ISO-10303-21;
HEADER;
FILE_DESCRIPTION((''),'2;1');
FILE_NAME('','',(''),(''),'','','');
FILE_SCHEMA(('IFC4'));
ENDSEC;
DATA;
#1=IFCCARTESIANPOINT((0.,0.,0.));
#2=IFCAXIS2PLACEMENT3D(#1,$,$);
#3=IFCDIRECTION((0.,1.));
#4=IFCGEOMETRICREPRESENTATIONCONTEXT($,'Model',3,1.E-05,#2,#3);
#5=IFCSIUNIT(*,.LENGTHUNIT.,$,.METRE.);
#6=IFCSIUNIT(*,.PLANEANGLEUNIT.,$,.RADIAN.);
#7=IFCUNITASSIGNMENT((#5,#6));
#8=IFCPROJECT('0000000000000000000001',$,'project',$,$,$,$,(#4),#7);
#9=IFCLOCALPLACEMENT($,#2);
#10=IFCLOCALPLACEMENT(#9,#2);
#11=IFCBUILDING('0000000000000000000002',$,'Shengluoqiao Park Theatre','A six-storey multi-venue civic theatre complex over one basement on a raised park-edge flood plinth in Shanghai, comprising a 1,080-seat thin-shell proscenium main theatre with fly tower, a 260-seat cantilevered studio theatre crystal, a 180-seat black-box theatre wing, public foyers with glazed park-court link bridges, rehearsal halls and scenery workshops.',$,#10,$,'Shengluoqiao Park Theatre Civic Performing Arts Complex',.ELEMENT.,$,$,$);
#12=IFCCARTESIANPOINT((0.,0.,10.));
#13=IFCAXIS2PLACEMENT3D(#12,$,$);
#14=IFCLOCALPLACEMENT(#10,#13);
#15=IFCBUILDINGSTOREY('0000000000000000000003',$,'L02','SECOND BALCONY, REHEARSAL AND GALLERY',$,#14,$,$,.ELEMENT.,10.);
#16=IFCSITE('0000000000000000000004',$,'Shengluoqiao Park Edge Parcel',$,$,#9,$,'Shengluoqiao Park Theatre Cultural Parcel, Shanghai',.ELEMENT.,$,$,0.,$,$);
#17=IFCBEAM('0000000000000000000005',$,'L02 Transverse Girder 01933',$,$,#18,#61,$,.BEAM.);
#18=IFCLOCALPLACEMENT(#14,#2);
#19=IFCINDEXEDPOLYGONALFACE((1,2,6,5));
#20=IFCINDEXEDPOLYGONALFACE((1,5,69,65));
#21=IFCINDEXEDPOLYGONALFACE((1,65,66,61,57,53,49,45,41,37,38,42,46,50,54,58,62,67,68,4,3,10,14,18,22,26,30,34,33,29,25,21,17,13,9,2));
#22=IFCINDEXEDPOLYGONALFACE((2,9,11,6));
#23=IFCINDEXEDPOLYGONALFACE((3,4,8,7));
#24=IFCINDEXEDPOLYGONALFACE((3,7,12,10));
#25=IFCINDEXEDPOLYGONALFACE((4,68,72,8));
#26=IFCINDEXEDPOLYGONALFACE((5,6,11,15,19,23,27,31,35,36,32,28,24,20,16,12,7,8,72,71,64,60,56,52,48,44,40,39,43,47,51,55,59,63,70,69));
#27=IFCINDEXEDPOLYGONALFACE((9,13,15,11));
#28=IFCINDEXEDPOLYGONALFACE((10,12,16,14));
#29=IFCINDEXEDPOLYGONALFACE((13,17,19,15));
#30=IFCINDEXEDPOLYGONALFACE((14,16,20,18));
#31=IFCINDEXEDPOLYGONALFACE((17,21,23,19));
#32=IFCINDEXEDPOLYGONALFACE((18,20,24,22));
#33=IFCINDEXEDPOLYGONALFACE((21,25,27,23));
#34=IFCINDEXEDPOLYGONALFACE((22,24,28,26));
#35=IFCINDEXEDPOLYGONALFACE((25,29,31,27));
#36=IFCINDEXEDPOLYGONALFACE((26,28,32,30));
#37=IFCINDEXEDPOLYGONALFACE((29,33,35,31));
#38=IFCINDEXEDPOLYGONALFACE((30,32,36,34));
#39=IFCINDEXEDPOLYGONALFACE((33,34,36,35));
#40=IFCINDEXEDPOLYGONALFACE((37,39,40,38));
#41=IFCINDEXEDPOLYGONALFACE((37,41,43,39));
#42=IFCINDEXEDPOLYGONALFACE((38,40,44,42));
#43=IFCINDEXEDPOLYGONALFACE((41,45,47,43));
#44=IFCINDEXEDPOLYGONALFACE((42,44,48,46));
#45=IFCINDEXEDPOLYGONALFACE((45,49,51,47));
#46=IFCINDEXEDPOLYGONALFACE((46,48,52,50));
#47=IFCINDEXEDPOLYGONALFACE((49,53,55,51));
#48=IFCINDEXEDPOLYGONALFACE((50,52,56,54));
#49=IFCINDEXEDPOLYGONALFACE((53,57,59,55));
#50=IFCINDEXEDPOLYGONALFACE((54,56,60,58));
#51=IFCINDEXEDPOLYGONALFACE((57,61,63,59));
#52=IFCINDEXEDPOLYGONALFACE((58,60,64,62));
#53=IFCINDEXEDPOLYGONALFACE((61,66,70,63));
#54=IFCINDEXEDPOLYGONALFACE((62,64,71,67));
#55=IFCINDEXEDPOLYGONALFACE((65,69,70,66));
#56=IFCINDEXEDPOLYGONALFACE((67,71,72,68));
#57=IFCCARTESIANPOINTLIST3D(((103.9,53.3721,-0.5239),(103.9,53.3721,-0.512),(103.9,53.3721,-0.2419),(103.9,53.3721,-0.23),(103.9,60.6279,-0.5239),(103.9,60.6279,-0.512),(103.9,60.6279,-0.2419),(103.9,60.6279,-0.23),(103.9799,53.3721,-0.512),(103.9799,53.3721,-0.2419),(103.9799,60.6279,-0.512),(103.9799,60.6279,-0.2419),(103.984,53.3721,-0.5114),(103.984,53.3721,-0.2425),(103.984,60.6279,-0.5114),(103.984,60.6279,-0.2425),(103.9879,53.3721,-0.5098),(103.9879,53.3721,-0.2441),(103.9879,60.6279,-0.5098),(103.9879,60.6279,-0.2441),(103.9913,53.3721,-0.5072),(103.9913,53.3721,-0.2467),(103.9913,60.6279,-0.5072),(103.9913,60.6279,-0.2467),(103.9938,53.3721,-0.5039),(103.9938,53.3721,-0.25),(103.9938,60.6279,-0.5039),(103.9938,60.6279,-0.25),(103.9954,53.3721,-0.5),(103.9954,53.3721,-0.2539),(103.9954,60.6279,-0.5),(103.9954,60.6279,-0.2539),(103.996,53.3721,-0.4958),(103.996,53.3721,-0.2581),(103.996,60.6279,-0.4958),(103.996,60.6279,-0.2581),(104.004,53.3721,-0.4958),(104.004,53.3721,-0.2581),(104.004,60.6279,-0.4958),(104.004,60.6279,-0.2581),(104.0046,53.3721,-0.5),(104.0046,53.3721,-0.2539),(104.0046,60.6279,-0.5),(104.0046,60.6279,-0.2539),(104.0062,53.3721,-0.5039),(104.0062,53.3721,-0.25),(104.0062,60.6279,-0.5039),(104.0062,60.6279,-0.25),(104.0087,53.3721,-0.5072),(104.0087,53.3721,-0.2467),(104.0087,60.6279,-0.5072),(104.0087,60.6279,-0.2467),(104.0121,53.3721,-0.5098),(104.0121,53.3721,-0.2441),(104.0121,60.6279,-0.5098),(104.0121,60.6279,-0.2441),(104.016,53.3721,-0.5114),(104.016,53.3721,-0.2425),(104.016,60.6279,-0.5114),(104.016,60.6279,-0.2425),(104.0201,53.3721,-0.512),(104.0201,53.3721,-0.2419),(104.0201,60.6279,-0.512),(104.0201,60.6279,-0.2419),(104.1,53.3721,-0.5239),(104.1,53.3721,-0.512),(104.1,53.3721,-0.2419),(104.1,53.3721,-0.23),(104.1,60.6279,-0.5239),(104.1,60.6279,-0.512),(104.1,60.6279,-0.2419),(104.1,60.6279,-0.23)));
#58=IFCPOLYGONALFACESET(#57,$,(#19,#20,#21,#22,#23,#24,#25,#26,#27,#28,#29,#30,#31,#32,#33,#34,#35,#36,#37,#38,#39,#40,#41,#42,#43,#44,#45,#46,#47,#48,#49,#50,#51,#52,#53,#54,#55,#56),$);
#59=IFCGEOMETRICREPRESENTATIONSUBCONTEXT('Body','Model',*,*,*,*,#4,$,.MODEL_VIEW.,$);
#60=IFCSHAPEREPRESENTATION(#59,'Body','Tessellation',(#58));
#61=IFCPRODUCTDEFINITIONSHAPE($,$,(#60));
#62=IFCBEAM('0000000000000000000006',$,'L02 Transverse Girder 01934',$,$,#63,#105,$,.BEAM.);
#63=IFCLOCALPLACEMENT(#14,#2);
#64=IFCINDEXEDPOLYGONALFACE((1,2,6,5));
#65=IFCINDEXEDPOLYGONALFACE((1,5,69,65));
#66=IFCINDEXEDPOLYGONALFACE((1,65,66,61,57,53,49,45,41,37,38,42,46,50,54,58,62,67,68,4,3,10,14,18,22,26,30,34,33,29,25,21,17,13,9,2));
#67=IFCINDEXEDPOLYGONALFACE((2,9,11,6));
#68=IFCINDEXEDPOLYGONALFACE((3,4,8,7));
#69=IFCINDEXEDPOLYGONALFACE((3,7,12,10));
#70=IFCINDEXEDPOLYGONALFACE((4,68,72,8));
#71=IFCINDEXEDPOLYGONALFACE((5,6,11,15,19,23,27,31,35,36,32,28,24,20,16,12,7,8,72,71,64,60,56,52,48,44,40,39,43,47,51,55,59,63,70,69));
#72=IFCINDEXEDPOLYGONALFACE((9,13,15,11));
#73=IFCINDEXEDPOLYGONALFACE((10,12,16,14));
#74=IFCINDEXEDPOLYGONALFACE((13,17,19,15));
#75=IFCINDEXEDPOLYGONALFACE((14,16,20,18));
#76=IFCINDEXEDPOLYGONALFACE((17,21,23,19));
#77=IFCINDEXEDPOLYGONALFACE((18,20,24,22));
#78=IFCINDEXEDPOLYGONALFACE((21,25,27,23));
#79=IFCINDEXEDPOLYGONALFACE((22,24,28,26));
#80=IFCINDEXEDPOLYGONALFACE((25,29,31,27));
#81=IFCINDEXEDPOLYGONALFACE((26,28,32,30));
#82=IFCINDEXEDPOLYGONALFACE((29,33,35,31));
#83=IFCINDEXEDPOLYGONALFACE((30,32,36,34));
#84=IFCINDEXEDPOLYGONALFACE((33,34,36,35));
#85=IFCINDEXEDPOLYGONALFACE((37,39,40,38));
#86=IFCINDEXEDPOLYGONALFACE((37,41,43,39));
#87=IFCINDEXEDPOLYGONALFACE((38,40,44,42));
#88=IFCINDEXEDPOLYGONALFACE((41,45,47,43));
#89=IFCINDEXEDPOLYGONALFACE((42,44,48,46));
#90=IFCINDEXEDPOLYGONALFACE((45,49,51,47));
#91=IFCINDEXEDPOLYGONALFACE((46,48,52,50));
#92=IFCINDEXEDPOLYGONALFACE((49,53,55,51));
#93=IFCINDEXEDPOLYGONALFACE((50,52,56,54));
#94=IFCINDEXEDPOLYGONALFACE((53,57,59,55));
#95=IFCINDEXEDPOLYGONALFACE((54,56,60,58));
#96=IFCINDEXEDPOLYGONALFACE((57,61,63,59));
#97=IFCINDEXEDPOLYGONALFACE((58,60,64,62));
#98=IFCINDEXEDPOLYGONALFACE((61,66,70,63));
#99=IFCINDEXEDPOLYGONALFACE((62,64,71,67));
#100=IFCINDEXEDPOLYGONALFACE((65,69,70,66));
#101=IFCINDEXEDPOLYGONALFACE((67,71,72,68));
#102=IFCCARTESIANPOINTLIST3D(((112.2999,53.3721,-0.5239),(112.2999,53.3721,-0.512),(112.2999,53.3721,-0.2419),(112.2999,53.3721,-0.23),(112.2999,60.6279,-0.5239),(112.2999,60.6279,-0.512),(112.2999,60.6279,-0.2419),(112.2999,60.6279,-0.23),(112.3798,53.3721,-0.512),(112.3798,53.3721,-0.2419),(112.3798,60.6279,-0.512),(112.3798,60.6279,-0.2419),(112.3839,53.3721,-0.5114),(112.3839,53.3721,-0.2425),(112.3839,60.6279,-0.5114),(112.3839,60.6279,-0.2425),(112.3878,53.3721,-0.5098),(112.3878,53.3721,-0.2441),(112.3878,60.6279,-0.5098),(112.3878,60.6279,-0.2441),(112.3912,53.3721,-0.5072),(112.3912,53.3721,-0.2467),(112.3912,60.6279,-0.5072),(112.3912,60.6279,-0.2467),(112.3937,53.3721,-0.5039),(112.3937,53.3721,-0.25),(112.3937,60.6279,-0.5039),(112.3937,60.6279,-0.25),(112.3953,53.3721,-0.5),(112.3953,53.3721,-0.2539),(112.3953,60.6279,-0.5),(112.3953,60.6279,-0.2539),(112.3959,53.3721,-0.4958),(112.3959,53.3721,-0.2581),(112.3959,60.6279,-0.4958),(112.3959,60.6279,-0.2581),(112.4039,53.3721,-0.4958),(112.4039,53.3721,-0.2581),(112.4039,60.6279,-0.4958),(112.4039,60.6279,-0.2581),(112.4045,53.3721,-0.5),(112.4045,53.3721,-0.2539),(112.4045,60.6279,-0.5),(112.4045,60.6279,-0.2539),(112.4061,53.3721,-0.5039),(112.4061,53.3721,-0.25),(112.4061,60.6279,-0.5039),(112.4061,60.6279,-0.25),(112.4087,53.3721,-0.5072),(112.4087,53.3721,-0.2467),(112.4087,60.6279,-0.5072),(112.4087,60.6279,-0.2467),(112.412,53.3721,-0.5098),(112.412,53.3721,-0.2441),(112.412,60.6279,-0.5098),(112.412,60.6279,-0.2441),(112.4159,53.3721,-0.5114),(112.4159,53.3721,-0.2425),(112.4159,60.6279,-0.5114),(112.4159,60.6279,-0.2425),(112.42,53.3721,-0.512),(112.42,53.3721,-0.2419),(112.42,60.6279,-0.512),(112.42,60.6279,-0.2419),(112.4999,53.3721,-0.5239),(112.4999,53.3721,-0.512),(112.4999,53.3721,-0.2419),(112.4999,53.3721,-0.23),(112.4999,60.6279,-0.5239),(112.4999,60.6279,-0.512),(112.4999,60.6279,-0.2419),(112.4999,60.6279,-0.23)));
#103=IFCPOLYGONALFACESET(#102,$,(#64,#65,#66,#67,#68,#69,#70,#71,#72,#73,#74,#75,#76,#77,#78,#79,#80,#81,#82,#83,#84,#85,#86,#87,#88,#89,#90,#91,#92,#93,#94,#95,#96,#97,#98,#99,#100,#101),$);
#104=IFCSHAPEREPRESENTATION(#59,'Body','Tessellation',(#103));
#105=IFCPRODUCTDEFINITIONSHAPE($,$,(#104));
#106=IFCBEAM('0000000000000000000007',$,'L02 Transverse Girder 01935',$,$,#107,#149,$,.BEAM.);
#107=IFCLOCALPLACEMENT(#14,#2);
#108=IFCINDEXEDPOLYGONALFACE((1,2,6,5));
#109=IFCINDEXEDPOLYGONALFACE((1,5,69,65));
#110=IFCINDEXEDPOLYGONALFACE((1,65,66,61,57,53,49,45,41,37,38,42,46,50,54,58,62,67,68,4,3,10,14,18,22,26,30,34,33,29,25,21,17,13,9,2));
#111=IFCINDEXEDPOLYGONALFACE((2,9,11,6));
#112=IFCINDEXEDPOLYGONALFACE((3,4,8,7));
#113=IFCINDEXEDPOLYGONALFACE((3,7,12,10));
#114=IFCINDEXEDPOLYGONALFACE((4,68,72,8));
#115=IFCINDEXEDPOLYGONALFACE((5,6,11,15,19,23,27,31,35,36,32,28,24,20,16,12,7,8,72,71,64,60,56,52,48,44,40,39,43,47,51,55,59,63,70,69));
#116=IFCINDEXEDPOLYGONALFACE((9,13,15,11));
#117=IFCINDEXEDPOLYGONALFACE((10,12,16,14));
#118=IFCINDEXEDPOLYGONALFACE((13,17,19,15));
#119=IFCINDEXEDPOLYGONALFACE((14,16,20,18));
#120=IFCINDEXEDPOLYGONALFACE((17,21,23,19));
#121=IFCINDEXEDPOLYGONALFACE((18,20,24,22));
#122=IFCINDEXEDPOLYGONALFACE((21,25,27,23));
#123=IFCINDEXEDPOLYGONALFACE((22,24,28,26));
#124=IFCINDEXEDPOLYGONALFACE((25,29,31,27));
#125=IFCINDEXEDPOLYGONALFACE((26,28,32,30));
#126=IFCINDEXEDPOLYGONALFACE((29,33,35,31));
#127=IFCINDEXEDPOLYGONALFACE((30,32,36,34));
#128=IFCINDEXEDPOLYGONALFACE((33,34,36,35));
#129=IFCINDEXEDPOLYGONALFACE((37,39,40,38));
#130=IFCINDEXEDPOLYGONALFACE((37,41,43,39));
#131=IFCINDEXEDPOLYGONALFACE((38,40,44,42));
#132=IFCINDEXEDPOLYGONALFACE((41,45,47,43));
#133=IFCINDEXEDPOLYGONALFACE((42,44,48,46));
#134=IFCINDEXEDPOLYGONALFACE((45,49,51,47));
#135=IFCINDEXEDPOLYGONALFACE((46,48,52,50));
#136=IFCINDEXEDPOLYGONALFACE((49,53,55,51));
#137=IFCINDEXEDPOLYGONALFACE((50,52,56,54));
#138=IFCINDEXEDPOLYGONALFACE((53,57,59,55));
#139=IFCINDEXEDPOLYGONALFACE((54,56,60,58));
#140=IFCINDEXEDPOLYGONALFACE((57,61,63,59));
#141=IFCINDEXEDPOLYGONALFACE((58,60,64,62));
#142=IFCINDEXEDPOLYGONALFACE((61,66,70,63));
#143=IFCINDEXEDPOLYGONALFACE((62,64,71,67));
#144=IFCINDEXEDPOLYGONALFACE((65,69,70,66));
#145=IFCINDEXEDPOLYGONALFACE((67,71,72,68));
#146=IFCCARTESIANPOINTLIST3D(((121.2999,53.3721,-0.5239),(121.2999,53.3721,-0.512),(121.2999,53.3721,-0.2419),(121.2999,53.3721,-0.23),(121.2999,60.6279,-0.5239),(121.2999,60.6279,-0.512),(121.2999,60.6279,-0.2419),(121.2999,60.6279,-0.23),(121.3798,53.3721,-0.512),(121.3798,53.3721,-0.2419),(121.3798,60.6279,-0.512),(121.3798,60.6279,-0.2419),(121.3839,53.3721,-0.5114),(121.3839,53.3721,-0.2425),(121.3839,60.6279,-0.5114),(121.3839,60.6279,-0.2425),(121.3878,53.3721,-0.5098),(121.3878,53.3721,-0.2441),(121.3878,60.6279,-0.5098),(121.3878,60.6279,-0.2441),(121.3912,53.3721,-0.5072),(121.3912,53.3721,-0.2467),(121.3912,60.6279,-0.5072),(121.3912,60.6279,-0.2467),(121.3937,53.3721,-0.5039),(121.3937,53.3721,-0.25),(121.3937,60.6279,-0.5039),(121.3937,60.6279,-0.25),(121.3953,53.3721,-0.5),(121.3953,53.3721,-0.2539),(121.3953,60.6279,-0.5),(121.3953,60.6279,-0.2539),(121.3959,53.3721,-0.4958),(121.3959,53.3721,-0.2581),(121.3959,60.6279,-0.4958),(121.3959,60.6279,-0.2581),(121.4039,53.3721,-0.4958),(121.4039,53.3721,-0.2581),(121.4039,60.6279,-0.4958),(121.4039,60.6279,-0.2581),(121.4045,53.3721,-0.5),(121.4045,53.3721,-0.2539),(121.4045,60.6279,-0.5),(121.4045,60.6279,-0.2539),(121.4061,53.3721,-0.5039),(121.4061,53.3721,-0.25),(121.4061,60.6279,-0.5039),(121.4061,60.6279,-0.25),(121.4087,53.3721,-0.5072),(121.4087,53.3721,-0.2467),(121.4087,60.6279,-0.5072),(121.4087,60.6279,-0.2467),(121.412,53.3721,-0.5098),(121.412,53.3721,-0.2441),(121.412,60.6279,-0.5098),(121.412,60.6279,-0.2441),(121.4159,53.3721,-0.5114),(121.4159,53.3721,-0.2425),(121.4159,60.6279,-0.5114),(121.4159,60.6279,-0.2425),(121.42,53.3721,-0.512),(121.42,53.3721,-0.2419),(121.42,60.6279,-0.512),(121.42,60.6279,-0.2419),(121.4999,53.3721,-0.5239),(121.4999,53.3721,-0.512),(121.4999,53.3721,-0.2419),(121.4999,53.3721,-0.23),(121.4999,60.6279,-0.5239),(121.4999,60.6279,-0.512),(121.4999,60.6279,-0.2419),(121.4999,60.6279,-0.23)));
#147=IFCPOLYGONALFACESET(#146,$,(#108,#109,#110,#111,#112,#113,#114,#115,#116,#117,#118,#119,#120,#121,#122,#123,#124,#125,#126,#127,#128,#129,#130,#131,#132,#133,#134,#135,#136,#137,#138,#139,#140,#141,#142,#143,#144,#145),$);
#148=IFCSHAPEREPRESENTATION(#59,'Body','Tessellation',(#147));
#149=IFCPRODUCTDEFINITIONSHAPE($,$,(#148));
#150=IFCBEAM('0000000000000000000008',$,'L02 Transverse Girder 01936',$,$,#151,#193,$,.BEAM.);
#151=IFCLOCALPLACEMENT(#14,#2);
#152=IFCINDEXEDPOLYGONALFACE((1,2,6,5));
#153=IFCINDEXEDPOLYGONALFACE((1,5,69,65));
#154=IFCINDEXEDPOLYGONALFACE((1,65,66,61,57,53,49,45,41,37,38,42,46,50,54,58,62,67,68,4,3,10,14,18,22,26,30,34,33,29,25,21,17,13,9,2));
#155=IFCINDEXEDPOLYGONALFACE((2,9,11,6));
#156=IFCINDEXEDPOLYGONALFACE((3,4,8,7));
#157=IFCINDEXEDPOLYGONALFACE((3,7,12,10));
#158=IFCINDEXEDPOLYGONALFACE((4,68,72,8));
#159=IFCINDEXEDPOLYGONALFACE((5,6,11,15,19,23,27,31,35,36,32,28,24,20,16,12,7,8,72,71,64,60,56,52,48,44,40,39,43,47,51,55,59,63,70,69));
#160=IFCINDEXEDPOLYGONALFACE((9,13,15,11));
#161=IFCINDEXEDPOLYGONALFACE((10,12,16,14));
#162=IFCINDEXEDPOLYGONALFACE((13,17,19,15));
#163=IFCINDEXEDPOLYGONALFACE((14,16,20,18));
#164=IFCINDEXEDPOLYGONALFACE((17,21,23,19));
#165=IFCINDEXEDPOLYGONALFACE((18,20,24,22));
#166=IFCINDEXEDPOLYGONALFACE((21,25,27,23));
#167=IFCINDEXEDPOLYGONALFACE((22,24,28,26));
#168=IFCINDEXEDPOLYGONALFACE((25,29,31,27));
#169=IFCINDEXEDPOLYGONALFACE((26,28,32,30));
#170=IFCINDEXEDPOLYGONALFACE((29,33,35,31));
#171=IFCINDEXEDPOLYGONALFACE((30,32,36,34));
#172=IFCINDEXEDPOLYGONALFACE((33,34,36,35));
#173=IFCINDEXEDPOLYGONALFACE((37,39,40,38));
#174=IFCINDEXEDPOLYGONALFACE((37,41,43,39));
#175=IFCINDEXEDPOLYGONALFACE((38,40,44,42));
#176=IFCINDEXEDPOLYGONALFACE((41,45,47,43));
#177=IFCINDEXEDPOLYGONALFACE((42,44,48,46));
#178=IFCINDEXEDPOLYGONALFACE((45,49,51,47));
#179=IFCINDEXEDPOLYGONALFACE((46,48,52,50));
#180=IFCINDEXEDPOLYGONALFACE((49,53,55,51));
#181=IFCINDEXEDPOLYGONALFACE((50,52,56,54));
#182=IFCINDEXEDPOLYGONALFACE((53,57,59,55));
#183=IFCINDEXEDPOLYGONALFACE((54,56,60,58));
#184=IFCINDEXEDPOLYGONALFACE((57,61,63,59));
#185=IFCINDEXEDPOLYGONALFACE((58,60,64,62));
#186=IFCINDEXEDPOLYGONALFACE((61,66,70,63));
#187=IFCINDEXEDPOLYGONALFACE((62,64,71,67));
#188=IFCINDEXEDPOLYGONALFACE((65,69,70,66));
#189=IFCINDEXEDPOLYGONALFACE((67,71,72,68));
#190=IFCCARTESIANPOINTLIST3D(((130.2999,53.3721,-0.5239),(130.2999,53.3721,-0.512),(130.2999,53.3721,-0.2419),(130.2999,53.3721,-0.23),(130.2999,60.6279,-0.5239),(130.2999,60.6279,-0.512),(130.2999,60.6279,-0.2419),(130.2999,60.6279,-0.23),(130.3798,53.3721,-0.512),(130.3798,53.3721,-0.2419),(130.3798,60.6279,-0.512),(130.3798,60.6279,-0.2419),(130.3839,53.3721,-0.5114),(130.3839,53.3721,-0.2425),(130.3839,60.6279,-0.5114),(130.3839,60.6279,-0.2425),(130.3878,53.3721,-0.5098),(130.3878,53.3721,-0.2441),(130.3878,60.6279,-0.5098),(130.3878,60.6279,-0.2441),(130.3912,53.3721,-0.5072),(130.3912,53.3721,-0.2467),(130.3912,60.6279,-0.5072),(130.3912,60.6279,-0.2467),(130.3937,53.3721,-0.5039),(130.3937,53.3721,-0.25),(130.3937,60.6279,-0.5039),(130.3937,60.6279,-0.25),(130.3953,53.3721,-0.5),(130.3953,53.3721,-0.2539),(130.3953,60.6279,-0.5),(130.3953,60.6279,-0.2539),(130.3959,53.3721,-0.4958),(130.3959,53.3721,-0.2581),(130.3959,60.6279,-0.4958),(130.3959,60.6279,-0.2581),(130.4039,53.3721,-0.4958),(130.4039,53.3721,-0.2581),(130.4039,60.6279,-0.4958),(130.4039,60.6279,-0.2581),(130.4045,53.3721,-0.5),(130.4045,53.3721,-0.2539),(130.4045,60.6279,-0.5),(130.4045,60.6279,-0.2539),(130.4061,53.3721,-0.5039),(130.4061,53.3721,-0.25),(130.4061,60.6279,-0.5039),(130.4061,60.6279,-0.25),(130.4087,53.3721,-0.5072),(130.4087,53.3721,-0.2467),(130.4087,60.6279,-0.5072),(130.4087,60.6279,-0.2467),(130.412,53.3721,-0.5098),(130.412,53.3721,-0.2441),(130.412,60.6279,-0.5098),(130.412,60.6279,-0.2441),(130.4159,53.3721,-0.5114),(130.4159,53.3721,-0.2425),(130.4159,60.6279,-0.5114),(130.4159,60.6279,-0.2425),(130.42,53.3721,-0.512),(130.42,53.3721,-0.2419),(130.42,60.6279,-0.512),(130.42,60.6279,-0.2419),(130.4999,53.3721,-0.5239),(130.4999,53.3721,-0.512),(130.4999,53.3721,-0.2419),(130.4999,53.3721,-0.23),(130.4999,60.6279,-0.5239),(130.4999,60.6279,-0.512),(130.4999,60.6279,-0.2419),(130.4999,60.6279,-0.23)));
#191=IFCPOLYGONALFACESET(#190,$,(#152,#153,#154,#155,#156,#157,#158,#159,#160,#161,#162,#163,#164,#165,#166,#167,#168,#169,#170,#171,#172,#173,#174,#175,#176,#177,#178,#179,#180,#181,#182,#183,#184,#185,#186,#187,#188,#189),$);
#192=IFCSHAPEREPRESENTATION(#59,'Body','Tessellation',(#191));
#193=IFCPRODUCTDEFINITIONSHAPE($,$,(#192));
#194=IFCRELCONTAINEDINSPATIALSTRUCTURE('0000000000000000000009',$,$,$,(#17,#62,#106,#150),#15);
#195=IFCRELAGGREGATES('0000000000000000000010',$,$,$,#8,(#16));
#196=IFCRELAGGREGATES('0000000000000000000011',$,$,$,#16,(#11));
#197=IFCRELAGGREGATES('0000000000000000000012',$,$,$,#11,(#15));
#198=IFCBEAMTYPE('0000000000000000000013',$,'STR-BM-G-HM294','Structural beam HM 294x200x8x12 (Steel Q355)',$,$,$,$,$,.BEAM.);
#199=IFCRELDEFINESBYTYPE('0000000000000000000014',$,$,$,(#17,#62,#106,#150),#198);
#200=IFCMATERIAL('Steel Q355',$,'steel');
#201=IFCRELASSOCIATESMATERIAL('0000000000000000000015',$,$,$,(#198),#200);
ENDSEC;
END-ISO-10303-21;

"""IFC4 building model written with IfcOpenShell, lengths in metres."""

from ifc_helpers import new_model, si_unit, direction, frame, origin, origin_2d, place, context, subcontext, project, spatial, i_section, extrude, material, material_profile, profile_set, type_object, element, save


model = new_model("IFC4")

# Units and contexts
model_context = context("Model", 3, precision=1e-05, world=origin(), true_north=direction((0.0, 1.0)))
body_context = subcontext(model_context, "Body", "Model", "MODEL_VIEW")
ifc_project = project(units=[si_unit("LENGTHUNIT", "METRE"), si_unit("PLANEANGLEUNIT", "RADIAN")], contexts=[model_context])

# Site, building, storey
site_placement = place(None, origin())
site = spatial("IfcSite", under=ifc_project, at=site_placement, Name="Shengluoqiao Park Edge Parcel", LongName="Shengluoqiao Park Theatre Cultural Parcel, Shanghai", CompositionType="ELEMENT", RefElevation=0.0)
building_placement = place(site_placement, origin())
building = spatial("IfcBuilding", under=site, at=building_placement, Name="Shengluoqiao Park Theatre", Description="A six-storey multi-venue civic theatre complex over one basement on a raised park-edge flood plinth in Shanghai, comprising a 1,080-seat thin-shell proscenium main theatre with fly tower, a 260-seat cantilevered studio theatre crystal, a 180-seat black-box theatre wing, public foyers with glazed park-court link bridges, rehearsal halls and scenery workshops.", LongName="Shengluoqiao Park Theatre Civic Performing Arts Complex", CompositionType="ELEMENT")
storey_placement = place(building_placement, frame((0.0, 0.0, 10.0)))
storey = spatial("IfcBuildingStorey", under=building, at=storey_placement, Name="L02", Description="SECOND BALCONY, REHEARSAL AND GALLERY", CompositionType="ELEMENT", Elevation=10.0)

# Beams
ifc_material_1 = material(Name="Steel Q355", Category="steel")
ifc_material_profile_1 = material_profile(ifc_material_1, i_section(OverallWidth=0.2, OverallDepth=0.2939, WebThickness=0.0081, FlangeThickness=0.012, FilletRadius=0.0161, at=origin_2d()), Name="HM 294x200x8x12")
ifc_profile_set_1 = profile_set([ifc_material_profile_1], Name="Steel Q355")
beam_type_1 = type_object("IfcBeamType", Name="STR-BM-G-HM294", Description="Structural beam HM 294x200x8x12 (Steel Q355)", PredefinedType="BEAM", material=ifc_profile_set_1)
for number, where, z_axis, x_axis, name in (
    (1, (104.0, 53.3721, -0.377), (0.0, 1.0, 0.0), (-1.0, 0.0, 0.0), "L02 Transverse Girder 01933"),
    (2, (112.3999, 53.3721, -0.377), (0.0, 1.0, 0.0), (-1.0, 0.0, 0.0), "L02 Transverse Girder 01934"),
    (3, (121.3999, 53.3721, -0.377), (0.0, 1.0, 0.0), (-1.0, 0.0, 0.0), "L02 Transverse Girder 01935"),
    (4, (130.3999, 53.3721, -0.377), (0.0, 1.0, 0.0), (-1.0, 0.0, 0.0), "L02 Transverse Girder 01936"),
):
    element("IfcBeam", number, at=place(storey_placement, frame(where, z_axis=z_axis, x_axis=x_axis)), inside=storey, type_object=beam_type_1, Name=name, PredefinedType="BEAM", context=body_context, shape_type="SweptSolid", body=[
        extrude(i_section(OverallWidth=0.2, OverallDepth=0.2939, WebThickness=0.0081, FlangeThickness=0.012, FilletRadius=0.0161, at=origin_2d()), origin(), (0.0, 0.0, 1.0), 7.2559),
    ])

save(model, "model.ifc")
